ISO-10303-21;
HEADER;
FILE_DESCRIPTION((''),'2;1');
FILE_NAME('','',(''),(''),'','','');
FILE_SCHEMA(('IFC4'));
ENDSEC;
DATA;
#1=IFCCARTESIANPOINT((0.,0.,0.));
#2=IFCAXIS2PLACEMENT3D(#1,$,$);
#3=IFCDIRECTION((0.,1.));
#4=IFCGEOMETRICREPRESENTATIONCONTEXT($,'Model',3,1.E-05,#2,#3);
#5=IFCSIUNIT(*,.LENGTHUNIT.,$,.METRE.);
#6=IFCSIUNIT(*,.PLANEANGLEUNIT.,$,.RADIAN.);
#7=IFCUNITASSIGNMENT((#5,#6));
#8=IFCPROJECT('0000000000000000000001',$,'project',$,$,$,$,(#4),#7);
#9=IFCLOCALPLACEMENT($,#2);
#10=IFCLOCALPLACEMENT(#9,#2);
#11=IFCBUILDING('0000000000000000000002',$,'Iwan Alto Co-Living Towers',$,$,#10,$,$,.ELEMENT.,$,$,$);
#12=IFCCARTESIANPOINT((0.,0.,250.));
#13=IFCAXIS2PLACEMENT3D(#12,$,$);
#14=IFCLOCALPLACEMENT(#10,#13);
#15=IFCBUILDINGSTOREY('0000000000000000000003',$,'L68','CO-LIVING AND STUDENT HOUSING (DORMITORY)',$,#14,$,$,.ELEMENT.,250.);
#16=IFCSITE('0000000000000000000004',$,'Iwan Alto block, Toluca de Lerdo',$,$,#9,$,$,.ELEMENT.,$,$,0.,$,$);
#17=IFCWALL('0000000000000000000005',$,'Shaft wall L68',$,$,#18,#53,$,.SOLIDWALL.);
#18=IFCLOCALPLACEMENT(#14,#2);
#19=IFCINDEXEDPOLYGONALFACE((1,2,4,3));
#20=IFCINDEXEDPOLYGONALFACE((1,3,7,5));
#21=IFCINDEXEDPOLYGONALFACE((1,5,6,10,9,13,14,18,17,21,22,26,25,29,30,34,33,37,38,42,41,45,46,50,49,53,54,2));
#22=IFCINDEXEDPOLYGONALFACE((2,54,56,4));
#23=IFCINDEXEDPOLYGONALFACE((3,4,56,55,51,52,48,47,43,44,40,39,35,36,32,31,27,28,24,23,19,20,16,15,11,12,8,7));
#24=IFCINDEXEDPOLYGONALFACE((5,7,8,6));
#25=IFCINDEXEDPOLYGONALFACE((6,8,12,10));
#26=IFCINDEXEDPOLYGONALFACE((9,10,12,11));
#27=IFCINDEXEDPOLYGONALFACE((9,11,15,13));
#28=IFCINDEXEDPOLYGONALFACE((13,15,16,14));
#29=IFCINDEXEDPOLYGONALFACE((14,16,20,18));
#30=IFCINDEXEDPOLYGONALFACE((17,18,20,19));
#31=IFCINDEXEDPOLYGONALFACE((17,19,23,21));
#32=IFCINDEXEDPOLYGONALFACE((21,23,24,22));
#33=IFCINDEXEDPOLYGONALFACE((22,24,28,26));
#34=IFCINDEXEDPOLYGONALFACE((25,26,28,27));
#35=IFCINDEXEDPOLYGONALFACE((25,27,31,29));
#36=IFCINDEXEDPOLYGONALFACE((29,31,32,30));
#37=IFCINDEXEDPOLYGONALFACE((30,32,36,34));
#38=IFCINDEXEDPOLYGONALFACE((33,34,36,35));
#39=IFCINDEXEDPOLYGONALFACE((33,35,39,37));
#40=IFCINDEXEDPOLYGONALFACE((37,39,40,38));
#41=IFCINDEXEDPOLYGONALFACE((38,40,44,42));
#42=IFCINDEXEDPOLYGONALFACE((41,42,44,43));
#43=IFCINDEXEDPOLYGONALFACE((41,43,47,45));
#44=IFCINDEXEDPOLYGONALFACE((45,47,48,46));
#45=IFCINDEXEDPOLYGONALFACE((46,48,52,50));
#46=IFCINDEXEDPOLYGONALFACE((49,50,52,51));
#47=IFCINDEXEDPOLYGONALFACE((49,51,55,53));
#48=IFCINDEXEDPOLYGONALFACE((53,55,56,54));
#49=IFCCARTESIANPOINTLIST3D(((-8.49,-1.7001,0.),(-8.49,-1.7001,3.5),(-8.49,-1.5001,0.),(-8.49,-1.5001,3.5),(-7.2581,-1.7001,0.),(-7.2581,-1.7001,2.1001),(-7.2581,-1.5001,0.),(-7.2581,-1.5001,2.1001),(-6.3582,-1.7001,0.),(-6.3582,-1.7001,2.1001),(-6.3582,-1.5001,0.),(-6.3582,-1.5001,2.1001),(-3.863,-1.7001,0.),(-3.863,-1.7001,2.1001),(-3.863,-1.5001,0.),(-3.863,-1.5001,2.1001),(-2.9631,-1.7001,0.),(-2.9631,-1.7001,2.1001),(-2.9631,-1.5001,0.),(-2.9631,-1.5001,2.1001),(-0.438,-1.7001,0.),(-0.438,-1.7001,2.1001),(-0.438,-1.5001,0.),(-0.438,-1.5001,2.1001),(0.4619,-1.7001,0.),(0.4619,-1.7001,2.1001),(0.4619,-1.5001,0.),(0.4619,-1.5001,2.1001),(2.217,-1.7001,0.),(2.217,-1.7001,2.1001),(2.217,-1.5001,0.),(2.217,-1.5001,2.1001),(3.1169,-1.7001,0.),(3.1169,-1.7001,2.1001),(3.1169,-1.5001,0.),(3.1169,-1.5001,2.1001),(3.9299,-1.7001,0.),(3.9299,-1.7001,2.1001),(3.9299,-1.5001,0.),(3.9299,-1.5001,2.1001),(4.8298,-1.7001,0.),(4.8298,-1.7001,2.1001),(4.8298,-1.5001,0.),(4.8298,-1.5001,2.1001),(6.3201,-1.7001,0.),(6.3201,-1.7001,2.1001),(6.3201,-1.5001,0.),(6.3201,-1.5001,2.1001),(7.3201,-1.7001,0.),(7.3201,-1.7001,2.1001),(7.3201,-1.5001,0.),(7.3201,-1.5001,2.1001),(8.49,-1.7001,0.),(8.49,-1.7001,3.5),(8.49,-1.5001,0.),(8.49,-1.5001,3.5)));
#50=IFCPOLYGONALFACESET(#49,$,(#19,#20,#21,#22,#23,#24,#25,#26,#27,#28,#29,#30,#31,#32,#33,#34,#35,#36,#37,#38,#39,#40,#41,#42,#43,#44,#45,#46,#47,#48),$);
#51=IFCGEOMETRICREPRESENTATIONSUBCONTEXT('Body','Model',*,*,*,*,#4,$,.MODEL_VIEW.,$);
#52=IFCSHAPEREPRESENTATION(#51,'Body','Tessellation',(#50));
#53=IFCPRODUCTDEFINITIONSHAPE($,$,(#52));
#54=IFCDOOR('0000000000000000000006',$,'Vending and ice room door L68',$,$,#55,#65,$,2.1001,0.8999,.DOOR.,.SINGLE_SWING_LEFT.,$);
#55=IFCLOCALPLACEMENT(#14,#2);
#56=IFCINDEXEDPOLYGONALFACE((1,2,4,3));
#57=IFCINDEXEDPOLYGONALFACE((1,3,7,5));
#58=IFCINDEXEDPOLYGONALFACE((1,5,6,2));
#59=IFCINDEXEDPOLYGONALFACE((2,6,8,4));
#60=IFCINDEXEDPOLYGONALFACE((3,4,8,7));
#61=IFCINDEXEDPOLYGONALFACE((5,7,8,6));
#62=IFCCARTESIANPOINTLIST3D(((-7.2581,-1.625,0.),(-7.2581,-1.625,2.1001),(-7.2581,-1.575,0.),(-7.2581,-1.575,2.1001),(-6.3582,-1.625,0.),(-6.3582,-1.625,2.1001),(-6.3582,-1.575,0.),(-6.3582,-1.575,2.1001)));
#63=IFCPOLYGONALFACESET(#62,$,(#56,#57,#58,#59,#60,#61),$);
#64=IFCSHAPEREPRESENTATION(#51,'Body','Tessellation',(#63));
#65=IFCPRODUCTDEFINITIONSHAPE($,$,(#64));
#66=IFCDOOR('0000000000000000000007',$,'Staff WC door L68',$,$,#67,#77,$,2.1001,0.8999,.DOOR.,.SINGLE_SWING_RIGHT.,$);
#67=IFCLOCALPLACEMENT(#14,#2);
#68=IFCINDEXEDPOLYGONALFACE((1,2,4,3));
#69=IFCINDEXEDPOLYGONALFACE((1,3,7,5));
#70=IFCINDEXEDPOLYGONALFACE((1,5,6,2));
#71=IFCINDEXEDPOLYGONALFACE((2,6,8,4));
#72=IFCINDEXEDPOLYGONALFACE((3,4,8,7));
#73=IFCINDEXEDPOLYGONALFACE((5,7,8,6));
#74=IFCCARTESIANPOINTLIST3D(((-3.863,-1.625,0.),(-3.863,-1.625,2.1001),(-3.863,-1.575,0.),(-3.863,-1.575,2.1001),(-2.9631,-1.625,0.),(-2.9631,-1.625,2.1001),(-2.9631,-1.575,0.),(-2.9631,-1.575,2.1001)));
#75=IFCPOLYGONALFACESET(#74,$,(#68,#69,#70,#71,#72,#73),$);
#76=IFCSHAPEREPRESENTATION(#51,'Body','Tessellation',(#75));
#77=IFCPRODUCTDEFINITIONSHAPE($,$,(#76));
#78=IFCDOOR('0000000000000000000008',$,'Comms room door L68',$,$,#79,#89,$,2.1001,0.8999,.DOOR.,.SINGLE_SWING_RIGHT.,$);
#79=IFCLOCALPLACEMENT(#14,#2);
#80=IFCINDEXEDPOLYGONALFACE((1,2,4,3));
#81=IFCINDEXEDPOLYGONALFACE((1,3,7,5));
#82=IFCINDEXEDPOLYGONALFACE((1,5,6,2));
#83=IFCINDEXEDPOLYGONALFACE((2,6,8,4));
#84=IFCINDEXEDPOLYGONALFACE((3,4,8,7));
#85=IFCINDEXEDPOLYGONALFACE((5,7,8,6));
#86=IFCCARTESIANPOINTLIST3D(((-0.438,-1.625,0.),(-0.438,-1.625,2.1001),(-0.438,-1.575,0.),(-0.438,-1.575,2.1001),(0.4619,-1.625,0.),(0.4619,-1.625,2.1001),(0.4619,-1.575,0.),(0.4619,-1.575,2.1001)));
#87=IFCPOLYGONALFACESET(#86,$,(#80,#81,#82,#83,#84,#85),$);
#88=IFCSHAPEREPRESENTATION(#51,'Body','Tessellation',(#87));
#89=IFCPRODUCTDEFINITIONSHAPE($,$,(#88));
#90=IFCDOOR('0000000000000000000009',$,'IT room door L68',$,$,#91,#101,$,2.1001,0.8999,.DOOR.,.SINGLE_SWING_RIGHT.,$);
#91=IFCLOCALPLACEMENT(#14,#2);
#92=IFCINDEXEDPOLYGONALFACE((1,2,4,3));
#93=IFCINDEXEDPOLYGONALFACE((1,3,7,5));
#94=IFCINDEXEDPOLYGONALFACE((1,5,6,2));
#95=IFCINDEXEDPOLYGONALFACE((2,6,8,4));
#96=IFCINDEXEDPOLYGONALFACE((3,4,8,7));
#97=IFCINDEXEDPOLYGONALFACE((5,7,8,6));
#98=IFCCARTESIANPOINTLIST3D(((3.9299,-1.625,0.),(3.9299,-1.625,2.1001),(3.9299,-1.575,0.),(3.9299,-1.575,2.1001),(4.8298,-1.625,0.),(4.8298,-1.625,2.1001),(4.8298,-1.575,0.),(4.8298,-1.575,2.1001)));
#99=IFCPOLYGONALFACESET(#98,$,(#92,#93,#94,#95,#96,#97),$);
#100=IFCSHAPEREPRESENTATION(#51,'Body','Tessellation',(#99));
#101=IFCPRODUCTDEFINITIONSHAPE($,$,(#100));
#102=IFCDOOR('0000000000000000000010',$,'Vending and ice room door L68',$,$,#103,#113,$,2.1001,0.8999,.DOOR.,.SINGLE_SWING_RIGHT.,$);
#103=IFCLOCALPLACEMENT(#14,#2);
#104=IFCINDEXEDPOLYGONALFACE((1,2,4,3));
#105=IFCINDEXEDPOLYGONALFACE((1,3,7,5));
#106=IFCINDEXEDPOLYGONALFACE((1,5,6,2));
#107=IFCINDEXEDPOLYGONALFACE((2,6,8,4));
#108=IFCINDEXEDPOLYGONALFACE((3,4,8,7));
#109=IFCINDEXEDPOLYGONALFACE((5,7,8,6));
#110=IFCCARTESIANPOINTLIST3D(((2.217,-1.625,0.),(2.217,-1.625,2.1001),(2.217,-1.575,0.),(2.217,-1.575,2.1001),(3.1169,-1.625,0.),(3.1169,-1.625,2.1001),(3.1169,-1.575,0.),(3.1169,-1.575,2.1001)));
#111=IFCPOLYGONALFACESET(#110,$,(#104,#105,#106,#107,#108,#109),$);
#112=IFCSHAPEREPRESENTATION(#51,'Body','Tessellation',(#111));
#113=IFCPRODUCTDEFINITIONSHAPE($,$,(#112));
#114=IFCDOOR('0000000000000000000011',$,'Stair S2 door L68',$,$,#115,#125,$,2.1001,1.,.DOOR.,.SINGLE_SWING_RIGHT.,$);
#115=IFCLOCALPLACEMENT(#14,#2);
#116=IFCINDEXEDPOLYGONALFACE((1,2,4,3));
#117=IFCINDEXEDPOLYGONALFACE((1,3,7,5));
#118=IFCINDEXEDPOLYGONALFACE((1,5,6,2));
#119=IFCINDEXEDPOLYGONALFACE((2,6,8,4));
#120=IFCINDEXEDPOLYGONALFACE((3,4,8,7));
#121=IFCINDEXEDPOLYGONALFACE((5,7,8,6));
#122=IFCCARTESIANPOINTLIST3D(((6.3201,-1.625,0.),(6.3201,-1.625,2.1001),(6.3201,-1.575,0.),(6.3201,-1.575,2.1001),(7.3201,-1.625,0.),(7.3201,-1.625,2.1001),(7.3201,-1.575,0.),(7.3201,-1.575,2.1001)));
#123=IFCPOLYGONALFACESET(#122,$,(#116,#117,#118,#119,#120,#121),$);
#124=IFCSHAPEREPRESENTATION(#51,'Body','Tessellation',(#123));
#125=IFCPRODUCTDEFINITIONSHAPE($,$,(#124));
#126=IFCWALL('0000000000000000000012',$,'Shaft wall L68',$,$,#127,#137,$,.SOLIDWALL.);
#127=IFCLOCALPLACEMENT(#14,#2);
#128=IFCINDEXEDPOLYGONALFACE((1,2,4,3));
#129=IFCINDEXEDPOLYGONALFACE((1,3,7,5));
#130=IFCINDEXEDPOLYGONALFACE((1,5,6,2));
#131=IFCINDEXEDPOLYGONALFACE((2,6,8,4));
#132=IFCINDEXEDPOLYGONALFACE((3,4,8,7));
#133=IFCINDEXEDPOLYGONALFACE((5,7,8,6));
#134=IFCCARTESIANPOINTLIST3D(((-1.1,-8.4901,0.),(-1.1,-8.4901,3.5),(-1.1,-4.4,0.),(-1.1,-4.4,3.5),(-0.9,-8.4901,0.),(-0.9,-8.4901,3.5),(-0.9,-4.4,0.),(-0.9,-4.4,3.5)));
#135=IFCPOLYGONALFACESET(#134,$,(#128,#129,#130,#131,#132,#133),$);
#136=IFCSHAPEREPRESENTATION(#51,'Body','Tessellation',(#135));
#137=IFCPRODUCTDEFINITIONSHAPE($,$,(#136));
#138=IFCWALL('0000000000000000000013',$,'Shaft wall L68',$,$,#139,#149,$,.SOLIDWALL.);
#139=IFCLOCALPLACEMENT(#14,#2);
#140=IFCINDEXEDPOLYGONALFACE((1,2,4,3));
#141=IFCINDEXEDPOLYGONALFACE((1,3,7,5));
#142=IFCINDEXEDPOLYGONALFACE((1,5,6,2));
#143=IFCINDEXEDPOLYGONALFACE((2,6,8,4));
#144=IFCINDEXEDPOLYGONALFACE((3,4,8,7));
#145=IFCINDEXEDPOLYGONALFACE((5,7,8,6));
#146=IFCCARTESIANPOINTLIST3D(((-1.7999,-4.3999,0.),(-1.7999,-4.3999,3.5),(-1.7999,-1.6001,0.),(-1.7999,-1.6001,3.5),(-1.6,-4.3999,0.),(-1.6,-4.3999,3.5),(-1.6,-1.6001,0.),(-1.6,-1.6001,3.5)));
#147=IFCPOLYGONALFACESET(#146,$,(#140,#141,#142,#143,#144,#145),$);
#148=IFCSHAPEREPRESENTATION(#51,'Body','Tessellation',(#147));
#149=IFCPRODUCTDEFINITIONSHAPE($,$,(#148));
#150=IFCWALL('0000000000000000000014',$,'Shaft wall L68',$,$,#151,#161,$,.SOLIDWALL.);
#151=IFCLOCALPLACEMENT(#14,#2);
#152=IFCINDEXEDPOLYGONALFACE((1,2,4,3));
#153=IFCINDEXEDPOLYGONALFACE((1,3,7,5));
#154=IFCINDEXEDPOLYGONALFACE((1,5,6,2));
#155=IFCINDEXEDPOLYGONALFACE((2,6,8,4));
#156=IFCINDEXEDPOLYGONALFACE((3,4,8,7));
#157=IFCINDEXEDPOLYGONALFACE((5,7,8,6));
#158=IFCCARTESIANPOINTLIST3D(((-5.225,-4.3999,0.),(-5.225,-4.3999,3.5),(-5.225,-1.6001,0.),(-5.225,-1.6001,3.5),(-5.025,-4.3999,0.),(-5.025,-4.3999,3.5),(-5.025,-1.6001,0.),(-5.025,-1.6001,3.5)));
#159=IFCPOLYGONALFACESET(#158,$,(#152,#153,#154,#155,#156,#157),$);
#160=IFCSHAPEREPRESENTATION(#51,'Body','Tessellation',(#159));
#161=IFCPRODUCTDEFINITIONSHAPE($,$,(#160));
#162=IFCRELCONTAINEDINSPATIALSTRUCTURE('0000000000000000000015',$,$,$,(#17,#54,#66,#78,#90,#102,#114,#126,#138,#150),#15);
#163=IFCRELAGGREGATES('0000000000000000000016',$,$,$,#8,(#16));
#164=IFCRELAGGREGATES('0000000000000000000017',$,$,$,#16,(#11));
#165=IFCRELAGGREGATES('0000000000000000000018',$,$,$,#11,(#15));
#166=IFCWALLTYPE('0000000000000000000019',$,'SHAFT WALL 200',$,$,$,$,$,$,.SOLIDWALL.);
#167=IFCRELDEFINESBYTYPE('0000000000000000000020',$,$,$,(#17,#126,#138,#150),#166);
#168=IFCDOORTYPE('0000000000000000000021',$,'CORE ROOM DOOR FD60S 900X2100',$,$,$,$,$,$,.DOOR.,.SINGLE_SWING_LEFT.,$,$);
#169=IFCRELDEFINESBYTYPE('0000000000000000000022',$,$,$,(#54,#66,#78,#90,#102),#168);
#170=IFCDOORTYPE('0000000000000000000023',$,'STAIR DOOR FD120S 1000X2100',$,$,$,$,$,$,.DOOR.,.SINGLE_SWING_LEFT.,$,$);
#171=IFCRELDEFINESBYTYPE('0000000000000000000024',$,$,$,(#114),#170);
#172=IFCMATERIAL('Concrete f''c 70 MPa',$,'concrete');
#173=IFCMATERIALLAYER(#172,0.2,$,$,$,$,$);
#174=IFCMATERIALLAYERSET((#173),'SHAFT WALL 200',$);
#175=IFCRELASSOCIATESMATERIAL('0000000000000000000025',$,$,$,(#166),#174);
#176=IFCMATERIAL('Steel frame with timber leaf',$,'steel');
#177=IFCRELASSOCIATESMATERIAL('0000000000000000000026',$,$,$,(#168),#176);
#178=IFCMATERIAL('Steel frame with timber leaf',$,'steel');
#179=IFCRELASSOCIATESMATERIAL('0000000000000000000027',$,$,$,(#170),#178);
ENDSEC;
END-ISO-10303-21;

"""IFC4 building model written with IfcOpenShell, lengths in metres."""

from ifc_helpers import new_model, si_unit, direction, frame, frame_2d, origin, place, context, subcontext, project, spatial, rectangle, extrude, material, layer, layer_set, type_object, element, fill, save


model = new_model("IFC4")

# Units and contexts
model_context = context("Model", 3, precision=1e-05, world=origin(), true_north=direction((0.0, 1.0)))
body_context = subcontext(model_context, "Body", "Model", "MODEL_VIEW")
ifc_project = project(units=[si_unit("LENGTHUNIT", "METRE"), si_unit("PLANEANGLEUNIT", "RADIAN")], contexts=[model_context])

# Site, building, storey
site_placement = place(None, origin())
site = spatial("IfcSite", under=ifc_project, at=site_placement, Name="Iwan Alto block, Toluca de Lerdo", CompositionType="ELEMENT", RefElevation=0.0)
building_placement = place(site_placement, origin())
building = spatial("IfcBuilding", under=site, at=building_placement, Name="Iwan Alto Co-Living Towers", CompositionType="ELEMENT")
storey_placement = place(building_placement, frame((0.0, 0.0, 250.0)))
storey = spatial("IfcBuildingStorey", under=building, at=storey_placement, Name="L68", Description="CO-LIVING AND STUDENT HOUSING (DORMITORY)", CompositionType="ELEMENT", Elevation=250.0)

# Shared definitions
ifc_material_1 = material(Name="Concrete f'c 70 MPa", Category="concrete")
ifc_layer_1 = layer(ifc_material_1, 0.2)
ifc_layer_set_1 = layer_set([ifc_layer_1], Name="SHAFT WALL 200")
wall_type_1 = type_object("IfcWallType", Name="SHAFT WALL 200", PredefinedType="SOLIDWALL", material=ifc_layer_set_1)

# Wall, openings, doors
wall_1_placement = place(storey_placement, frame((-8.49, -1.6001, 0.0), z_axis=(0.0, 0.0, 1.0), x_axis=(1.0, 0.0, 0.0)))
wall_1 = element("IfcWall", 1, at=wall_1_placement, inside=storey, type_object=wall_type_1, Name="Shaft wall L68", PredefinedType="SOLIDWALL", context=body_context, shape_type="SweptSolid", body=[
    extrude(rectangle(XDim=16.98, YDim=0.2, at=frame_2d((8.49, 0.0))), origin(), (0.0, 0.0, 1.0), 3.5),
])
opening_1_placement = place(wall_1_placement, frame((14.8101, 0.0, 0.0)))
opening_1 = element("IfcOpeningElement", 2, at=opening_1_placement, cuts=wall_1, PredefinedType="OPENING", context=body_context, shape_type="SweptSolid", body=[
    extrude(rectangle(XDim=1.0, YDim=2.1001, at=frame_2d((0.5, 1.05))), frame((0.0, 0.1099, 0.0), z_axis=(0.0, -1.0, 0.0), x_axis=(1.0, 0.0, 0.0)), (0.0, 0.0, 1.0), 0.22),
])
opening_2_placement = place(wall_1_placement, frame((1.2319, 0.0, 0.0)))
opening_2 = element("IfcOpeningElement", 3, at=opening_2_placement, cuts=wall_1, PredefinedType="OPENING", context=body_context, shape_type="SweptSolid", body=[
    extrude(rectangle(XDim=0.8999, YDim=2.1001, at=frame_2d((0.45, 1.05))), frame((0.0, 0.1099, 0.0), z_axis=(0.0, -1.0, 0.0), x_axis=(1.0, 0.0, 0.0)), (0.0, 0.0, 1.0), 0.22),
])
opening_3_placement = place(wall_1_placement, frame((4.627, 0.0, 0.0)))
opening_3 = element("IfcOpeningElement", 4, at=opening_3_placement, cuts=wall_1, PredefinedType="OPENING", context=body_context, shape_type="SweptSolid", body=[
    extrude(rectangle(XDim=0.8999, YDim=2.1001, at=frame_2d((0.45, 1.05))), frame((0.0, 0.1099, 0.0), z_axis=(0.0, -1.0, 0.0), x_axis=(1.0, 0.0, 0.0)), (0.0, 0.0, 1.0), 0.22),
])
opening_4_placement = place(wall_1_placement, frame((8.052, 0.0, 0.0)))
opening_4 = element("IfcOpeningElement", 5, at=opening_4_placement, cuts=wall_1, PredefinedType="OPENING", context=body_context, shape_type="SweptSolid", body=[
    extrude(rectangle(XDim=0.8999, YDim=2.1001, at=frame_2d((0.45, 1.05))), frame((0.0, 0.1099, 0.0), z_axis=(0.0, -1.0, 0.0), x_axis=(1.0, 0.0, 0.0)), (0.0, 0.0, 1.0), 0.22),
])
opening_5_placement = place(wall_1_placement, frame((12.4199, 0.0, 0.0)))
opening_5 = element("IfcOpeningElement", 6, at=opening_5_placement, cuts=wall_1, PredefinedType="OPENING", context=body_context, shape_type="SweptSolid", body=[
    extrude(rectangle(XDim=0.8999, YDim=2.1001, at=frame_2d((0.45, 1.05))), frame((0.0, 0.1099, 0.0), z_axis=(0.0, -1.0, 0.0), x_axis=(1.0, 0.0, 0.0)), (0.0, 0.0, 1.0), 0.22),
])
opening_6_placement = place(wall_1_placement, frame((10.707, 0.0, 0.0)))
opening_6 = element("IfcOpeningElement", 7, at=opening_6_placement, cuts=wall_1, PredefinedType="OPENING", context=body_context, shape_type="SweptSolid", body=[
    extrude(rectangle(XDim=0.8999, YDim=2.1001, at=frame_2d((0.45, 1.05))), frame((0.0, 0.1099, 0.0), z_axis=(0.0, -1.0, 0.0), x_axis=(1.0, 0.0, 0.0)), (0.0, 0.0, 1.0), 0.22),
])
ifc_material_2 = material(Name="Steel frame with timber leaf", Category="steel")
door_type_1 = type_object("IfcDoorType", Name="CORE ROOM DOOR FD60S 900X2100", OperationType="SINGLE_SWING_LEFT", PredefinedType="DOOR", material=ifc_material_2)
door_1_placement = place(opening_2_placement, frame((0.8999, 0.0, 0.0), z_axis=(0.0, 0.0, 1.0), x_axis=(-1.0, 0.0, 0.0)))
door_1 = element("IfcDoor", 8, at=door_1_placement, inside=storey, type_object=door_type_1, Name="Vending and ice room door L68", OperationType="SINGLE_SWING_LEFT", OverallHeight=2.1001, OverallWidth=0.8999, PredefinedType="DOOR", context=body_context, shape_type="SweptSolid", body=[
    extrude(rectangle(XDim=0.8999, YDim=2.1001, at=frame_2d((0.45, 1.05))), frame((0.0, 0.0249, 0.0), z_axis=(0.0, -1.0, 0.0), x_axis=(1.0, 0.0, 0.0)), (0.0, 0.0, 1.0), 0.05),
])
fill(opening_2, door_1)
door_2_placement = place(opening_3_placement, frame((0.8999, 0.0, 0.0), z_axis=(0.0, 0.0, 1.0), x_axis=(-1.0, 0.0, 0.0)))
door_2 = element("IfcDoor", 9, at=door_2_placement, inside=storey, type_object=door_type_1, Name="Staff WC door L68", OperationType="SINGLE_SWING_RIGHT", OverallHeight=2.1001, OverallWidth=0.8999, PredefinedType="DOOR", context=body_context, shape_type="SweptSolid", body=[
    extrude(rectangle(XDim=0.8999, YDim=2.1001, at=frame_2d((0.45, 1.05))), frame((0.0, 0.0249, 0.0), z_axis=(0.0, -1.0, 0.0), x_axis=(1.0, 0.0, 0.0)), (0.0, 0.0, 1.0), 0.05),
])
fill(opening_3, door_2)
door_3_placement = place(opening_4_placement, frame((0.8999, 0.0, 0.0), z_axis=(0.0, 0.0, 1.0), x_axis=(-1.0, 0.0, 0.0)))
door_3 = element("IfcDoor", 10, at=door_3_placement, inside=storey, type_object=door_type_1, Name="Comms room door L68", OperationType="SINGLE_SWING_RIGHT", OverallHeight=2.1001, OverallWidth=0.8999, PredefinedType="DOOR", context=body_context, shape_type="SweptSolid", body=[
    extrude(rectangle(XDim=0.8999, YDim=2.1001, at=frame_2d((0.45, 1.05))), frame((0.0, 0.0249, 0.0), z_axis=(0.0, -1.0, 0.0), x_axis=(1.0, 0.0, 0.0)), (0.0, 0.0, 1.0), 0.05),
])
fill(opening_4, door_3)
door_4_placement = place(opening_5_placement, frame((0.8999, 0.0, 0.0), z_axis=(0.0, 0.0, 1.0), x_axis=(-1.0, 0.0, 0.0)))
door_4 = element("IfcDoor", 11, at=door_4_placement, inside=storey, type_object=door_type_1, Name="IT room door L68", OperationType="SINGLE_SWING_RIGHT", OverallHeight=2.1001, OverallWidth=0.8999, PredefinedType="DOOR", context=body_context, shape_type="SweptSolid", body=[
    extrude(rectangle(XDim=0.8999, YDim=2.1001, at=frame_2d((0.45, 1.05))), frame((0.0, 0.0249, 0.0), z_axis=(0.0, -1.0, 0.0), x_axis=(1.0, 0.0, 0.0)), (0.0, 0.0, 1.0), 0.05),
])
fill(opening_5, door_4)
door_5_placement = place(opening_6_placement, frame((0.8999, 0.0, 0.0), z_axis=(0.0, 0.0, 1.0), x_axis=(-1.0, 0.0, 0.0)))
door_5 = element("IfcDoor", 12, at=door_5_placement, inside=storey, type_object=door_type_1, Name="Vending and ice room door L68", OperationType="SINGLE_SWING_RIGHT", OverallHeight=2.1001, OverallWidth=0.8999, PredefinedType="DOOR", context=body_context, shape_type="SweptSolid", body=[
    extrude(rectangle(XDim=0.8999, YDim=2.1001, at=frame_2d((0.45, 1.05))), frame((0.0, 0.0249, 0.0), z_axis=(0.0, -1.0, 0.0), x_axis=(1.0, 0.0, 0.0)), (0.0, 0.0, 1.0), 0.05),
])
fill(opening_6, door_5)
ifc_material_3 = material(Name="Steel frame with timber leaf", Category="steel")
door_type_2 = type_object("IfcDoorType", Name="STAIR DOOR FD120S 1000X2100", OperationType="SINGLE_SWING_LEFT", PredefinedType="DOOR", material=ifc_material_3)
door_6_placement = place(opening_1_placement, frame((1.0, 0.0, 0.0), z_axis=(0.0, 0.0, 1.0), x_axis=(-1.0, 0.0, 0.0)))
door_6 = element("IfcDoor", 13, at=door_6_placement, inside=storey, type_object=door_type_2, Name="Stair S2 door L68", OperationType="SINGLE_SWING_RIGHT", OverallHeight=2.1001, OverallWidth=1.0, PredefinedType="DOOR", context=body_context, shape_type="SweptSolid", body=[
    extrude(rectangle(XDim=1.0, YDim=2.1001, at=frame_2d((0.5, 1.05))), frame((0.0, 0.0249, 0.0), z_axis=(0.0, -1.0, 0.0), x_axis=(1.0, 0.0, 0.0)), (0.0, 0.0, 1.0), 0.05),
])
fill(opening_1, door_6)

# Walls
wall_2_placement = place(storey_placement, frame((-1.0, -8.49, 0.0), z_axis=(0.0, 0.0, 1.0), x_axis=(0.0, 1.0, 0.0)))
element("IfcWall", 14, at=wall_2_placement, inside=storey, type_object=wall_type_1, Name="Shaft wall L68", PredefinedType="SOLIDWALL", context=body_context, shape_type="SweptSolid", body=[
    extrude(rectangle(XDim=4.0901, YDim=0.2, at=frame_2d((2.0449, 0.0))), origin(), (0.0, 0.0, 1.0), 3.5),
])
for number, where, z_axis, x_axis, name in (
    (15, (-1.7, -4.3999, 0.0), (0.0, 0.0, 1.0), (0.0, 1.0, 0.0), "Shaft wall L68"),
    (16, (-5.125, -4.3999, 0.0), (0.0, 0.0, 1.0), (0.0, 1.0, 0.0), "Shaft wall L68"),
):
    element("IfcWall", number, at=place(storey_placement, frame(where, z_axis=z_axis, x_axis=x_axis)), inside=storey, type_object=wall_type_1, Name=name, PredefinedType="SOLIDWALL", context=body_context, shape_type="SweptSolid", body=[
        extrude(rectangle(XDim=2.7998, YDim=0.2, at=frame_2d((1.3999, 0.0))), origin(), (0.0, 0.0, 1.0), 3.5),
    ])

save(model, "model.ifc")
